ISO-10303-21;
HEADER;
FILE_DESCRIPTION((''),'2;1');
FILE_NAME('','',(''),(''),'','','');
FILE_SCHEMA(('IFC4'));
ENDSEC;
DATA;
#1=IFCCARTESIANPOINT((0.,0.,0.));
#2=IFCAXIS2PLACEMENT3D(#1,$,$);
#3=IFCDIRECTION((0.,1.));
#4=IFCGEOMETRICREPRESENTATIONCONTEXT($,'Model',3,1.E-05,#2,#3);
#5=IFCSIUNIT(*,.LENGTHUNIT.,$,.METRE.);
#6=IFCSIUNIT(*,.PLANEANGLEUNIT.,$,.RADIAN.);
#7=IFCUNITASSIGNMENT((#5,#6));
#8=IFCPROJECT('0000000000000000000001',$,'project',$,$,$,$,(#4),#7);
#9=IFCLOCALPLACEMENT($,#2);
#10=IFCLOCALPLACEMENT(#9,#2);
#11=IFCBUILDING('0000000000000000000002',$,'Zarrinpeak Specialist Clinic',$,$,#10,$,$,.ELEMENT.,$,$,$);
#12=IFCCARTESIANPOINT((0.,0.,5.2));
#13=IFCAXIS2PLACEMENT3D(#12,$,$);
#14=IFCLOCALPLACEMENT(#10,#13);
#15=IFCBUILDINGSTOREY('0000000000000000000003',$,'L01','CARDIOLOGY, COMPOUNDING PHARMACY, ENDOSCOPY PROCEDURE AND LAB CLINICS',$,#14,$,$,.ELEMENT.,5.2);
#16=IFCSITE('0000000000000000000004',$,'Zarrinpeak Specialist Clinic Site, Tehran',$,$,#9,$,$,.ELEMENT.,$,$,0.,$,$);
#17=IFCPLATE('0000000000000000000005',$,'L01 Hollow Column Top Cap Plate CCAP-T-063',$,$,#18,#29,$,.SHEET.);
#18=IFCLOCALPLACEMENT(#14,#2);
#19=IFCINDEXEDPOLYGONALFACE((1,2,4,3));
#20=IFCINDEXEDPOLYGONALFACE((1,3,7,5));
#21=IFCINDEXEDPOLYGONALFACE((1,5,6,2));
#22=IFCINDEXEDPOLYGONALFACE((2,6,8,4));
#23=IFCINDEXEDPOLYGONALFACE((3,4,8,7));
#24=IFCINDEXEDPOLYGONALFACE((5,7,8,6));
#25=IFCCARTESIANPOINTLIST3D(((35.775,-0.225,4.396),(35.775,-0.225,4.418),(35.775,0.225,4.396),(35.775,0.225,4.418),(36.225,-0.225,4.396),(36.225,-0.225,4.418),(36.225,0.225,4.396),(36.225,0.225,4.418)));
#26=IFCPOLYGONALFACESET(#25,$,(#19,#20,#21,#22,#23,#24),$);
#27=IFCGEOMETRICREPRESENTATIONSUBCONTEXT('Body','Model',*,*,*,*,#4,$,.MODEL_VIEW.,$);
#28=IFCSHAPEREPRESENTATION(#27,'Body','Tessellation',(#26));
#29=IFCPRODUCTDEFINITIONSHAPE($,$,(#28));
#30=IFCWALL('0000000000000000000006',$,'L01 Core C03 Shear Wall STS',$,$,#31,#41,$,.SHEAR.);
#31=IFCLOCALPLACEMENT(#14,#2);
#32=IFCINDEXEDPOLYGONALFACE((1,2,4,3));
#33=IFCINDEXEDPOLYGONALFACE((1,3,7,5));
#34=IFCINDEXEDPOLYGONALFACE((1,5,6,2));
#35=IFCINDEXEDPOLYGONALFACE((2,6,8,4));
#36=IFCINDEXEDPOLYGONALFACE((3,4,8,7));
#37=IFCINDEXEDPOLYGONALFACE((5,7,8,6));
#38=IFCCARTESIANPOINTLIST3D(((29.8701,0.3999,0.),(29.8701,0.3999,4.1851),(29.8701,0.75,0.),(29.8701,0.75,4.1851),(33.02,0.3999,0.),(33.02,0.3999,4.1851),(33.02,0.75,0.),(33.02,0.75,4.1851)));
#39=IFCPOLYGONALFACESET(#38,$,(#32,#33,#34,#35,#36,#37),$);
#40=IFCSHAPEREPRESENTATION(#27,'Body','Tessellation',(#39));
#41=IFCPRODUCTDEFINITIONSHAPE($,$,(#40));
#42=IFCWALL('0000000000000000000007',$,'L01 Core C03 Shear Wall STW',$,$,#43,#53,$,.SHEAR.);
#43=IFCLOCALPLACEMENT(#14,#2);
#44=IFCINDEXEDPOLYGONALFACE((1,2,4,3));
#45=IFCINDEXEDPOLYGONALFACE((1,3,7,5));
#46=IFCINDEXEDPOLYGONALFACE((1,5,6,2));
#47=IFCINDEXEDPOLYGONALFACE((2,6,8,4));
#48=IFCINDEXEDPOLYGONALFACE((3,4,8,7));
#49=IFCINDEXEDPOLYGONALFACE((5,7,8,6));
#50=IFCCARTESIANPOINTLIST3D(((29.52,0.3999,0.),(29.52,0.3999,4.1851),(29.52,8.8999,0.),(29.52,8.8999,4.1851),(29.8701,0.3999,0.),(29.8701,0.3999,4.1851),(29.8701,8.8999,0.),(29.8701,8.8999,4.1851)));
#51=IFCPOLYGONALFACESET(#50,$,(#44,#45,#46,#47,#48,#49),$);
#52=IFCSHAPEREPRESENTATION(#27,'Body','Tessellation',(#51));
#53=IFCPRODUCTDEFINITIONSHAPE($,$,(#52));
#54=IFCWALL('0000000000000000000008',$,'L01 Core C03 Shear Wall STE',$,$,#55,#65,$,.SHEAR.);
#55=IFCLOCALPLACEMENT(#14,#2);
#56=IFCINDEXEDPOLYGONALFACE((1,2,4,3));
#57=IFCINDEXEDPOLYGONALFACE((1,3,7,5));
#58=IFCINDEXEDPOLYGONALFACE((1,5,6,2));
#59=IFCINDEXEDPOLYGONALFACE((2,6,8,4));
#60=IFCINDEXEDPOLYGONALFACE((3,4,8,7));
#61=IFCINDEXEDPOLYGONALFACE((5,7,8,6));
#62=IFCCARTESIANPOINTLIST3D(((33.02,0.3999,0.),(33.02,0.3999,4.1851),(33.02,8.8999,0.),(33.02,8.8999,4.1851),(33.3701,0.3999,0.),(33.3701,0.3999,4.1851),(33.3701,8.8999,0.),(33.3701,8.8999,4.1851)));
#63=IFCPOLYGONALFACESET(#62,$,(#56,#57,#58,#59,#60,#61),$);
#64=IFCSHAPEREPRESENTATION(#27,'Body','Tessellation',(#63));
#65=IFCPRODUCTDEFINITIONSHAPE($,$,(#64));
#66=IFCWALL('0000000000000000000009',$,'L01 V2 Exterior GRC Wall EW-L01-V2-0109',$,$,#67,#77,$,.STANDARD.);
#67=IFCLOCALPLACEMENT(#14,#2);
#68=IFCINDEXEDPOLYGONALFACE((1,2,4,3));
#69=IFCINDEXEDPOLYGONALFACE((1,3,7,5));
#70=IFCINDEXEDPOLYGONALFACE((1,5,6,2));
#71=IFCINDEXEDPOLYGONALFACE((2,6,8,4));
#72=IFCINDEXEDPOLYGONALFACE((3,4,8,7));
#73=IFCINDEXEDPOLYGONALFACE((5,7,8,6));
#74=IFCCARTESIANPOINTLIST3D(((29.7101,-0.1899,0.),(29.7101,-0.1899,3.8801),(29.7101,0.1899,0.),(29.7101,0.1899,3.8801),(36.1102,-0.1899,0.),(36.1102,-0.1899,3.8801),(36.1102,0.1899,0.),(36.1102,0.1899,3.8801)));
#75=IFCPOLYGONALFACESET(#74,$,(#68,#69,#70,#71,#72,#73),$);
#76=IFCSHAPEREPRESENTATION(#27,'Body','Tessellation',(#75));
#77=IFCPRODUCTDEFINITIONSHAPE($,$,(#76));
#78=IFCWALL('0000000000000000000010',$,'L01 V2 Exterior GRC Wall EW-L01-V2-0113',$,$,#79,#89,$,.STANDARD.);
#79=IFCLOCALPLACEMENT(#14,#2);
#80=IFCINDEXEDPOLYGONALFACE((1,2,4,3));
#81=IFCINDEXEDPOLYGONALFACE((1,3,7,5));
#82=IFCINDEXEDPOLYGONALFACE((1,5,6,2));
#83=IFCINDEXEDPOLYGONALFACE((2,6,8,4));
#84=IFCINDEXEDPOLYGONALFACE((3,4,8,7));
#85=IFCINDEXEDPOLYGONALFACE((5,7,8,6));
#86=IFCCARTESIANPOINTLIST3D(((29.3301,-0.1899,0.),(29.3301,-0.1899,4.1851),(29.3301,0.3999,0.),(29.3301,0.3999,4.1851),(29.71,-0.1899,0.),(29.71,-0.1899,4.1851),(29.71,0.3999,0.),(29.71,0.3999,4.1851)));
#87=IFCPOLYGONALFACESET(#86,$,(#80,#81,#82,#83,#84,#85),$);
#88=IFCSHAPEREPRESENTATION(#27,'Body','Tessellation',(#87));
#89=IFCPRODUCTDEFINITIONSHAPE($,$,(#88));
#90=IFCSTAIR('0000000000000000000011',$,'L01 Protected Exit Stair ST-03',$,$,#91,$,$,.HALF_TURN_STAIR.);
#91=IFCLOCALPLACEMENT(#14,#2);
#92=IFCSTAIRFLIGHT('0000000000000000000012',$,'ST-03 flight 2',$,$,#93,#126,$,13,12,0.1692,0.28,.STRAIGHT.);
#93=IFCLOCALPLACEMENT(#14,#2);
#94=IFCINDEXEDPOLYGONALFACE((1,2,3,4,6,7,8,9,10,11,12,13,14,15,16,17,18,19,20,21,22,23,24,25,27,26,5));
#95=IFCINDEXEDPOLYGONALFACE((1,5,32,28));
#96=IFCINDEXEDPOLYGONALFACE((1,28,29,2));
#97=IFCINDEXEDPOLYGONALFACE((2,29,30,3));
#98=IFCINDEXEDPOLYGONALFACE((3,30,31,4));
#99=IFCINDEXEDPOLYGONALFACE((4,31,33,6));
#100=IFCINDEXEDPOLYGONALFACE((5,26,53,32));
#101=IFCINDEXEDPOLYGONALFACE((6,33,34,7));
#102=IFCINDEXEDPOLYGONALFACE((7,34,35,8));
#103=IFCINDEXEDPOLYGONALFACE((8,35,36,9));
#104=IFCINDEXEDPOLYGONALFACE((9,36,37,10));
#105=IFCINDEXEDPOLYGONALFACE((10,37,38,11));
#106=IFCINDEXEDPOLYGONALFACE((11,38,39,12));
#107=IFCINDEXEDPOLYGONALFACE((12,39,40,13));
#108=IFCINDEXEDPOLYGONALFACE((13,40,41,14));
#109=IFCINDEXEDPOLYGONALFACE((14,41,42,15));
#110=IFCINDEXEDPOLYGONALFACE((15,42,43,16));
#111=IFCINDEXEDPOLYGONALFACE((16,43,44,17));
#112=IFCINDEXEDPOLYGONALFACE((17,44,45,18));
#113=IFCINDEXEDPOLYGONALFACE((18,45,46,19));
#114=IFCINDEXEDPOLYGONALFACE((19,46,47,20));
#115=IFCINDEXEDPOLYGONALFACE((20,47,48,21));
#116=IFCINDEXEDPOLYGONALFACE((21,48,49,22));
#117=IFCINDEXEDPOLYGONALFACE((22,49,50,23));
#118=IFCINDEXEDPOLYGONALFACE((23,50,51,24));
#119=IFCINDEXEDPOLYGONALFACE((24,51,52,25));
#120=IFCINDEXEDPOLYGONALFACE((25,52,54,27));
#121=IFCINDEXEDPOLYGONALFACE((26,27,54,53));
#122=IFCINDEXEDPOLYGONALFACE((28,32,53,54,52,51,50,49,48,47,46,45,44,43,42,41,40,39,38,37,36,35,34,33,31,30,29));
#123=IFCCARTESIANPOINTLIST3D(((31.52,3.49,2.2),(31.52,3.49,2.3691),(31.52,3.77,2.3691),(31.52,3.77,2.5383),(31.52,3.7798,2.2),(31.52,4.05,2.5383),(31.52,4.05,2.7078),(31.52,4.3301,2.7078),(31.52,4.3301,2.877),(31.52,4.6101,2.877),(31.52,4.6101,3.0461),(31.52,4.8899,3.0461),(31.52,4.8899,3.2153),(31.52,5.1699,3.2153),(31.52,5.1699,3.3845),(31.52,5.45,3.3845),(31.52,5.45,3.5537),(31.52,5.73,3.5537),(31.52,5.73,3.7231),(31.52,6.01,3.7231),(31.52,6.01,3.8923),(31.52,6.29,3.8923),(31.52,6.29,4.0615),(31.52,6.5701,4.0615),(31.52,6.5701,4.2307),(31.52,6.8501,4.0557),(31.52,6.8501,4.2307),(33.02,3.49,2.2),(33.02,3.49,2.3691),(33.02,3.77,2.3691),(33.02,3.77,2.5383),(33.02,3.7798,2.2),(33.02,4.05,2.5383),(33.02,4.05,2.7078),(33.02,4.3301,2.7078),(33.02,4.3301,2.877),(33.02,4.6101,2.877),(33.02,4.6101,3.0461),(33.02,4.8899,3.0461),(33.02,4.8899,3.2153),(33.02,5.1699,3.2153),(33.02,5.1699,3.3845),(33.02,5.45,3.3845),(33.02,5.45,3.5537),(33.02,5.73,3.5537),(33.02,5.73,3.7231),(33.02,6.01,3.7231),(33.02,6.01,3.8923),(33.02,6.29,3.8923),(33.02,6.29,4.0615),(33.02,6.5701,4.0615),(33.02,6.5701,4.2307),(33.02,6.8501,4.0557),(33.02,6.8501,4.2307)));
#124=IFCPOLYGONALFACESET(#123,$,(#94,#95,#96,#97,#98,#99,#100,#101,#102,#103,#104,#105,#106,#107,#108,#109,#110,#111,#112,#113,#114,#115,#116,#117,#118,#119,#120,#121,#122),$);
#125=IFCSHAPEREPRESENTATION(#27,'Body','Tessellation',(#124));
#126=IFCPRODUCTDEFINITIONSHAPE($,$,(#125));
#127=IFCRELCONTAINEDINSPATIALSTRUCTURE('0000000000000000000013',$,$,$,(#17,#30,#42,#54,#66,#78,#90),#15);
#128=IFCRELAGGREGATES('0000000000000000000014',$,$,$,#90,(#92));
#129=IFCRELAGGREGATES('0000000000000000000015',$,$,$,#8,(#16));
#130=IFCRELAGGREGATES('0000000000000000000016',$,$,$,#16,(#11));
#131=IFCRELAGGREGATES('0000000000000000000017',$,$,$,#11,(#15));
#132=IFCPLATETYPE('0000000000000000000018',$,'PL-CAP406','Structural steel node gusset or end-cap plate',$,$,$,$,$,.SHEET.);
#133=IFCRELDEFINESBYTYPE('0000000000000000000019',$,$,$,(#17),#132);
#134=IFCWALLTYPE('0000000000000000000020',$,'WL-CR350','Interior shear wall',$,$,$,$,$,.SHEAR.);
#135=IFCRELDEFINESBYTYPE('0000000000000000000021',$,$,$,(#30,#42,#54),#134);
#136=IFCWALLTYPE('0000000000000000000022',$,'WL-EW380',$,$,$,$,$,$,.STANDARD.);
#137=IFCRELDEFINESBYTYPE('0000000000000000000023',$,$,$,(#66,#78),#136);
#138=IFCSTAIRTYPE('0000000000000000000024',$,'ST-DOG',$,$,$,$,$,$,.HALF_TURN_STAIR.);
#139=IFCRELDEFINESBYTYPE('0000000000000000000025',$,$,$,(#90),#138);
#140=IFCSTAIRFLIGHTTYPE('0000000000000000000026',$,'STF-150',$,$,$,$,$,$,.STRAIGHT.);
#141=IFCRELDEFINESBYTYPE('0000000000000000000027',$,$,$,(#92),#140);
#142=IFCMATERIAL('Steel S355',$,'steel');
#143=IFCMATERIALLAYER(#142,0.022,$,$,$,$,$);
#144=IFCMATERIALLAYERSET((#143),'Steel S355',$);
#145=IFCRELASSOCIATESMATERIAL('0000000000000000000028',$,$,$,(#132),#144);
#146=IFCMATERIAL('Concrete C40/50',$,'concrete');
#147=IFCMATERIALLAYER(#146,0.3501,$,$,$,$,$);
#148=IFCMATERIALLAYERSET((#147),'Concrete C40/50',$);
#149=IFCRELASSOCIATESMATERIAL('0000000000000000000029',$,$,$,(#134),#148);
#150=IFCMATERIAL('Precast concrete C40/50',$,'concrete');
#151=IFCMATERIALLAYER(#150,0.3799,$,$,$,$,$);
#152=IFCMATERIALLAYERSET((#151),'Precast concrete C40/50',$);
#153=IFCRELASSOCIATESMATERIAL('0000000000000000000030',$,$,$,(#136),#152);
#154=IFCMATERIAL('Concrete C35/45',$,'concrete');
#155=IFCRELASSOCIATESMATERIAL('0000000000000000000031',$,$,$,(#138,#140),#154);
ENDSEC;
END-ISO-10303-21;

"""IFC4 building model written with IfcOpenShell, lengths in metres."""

from ifc_helpers import new_model, si_unit, direction, frame, frame_2d, origin, origin_2d, place, context, subcontext, project, spatial, polyline, rectangle, outline, extrude, material, layer, layer_set, type_object, element, aggregate, save


model = new_model("IFC4")

# Units and contexts
model_context = context("Model", 3, precision=1e-05, world=origin(), true_north=direction((0.0, 1.0)))
body_context = subcontext(model_context, "Body", "Model", "MODEL_VIEW")
ifc_project = project(units=[si_unit("LENGTHUNIT", "METRE"), si_unit("PLANEANGLEUNIT", "RADIAN")], contexts=[model_context])

# Site, building, storey
site_placement = place(None, origin())
site = spatial("IfcSite", under=ifc_project, at=site_placement, Name="Zarrinpeak Specialist Clinic Site, Tehran", CompositionType="ELEMENT", RefElevation=0.0)
building_placement = place(site_placement, origin())
building = spatial("IfcBuilding", under=site, at=building_placement, Name="Zarrinpeak Specialist Clinic", CompositionType="ELEMENT")
storey_placement = place(building_placement, frame((0.0, 0.0, 5.2)))
storey = spatial("IfcBuildingStorey", under=building, at=storey_placement, Name="L01", Description="CARDIOLOGY, COMPOUNDING PHARMACY, ENDOSCOPY PROCEDURE AND LAB CLINICS", CompositionType="ELEMENT", Elevation=5.2)

# Shared definitions
ifc_material_1 = material(Name="Steel S355", Category="steel")

# Plate
ifc_layer_1 = layer(ifc_material_1, 0.022)
ifc_layer_set_1 = layer_set([ifc_layer_1], Name="Steel S355")
plate_type_1 = type_object("IfcPlateType", Name="PL-CAP406", Description="Structural steel node gusset or end-cap plate", PredefinedType="SHEET", material=ifc_layer_set_1)
plate_1_placement = place(storey_placement, frame((36.0, 0.0, 4.396), z_axis=(0.0, 0.0, 1.0), x_axis=(1.0, 0.0, 0.0)))
element("IfcPlate", 1, at=plate_1_placement, inside=storey, type_object=plate_type_1, Name="L01 Hollow Column Top Cap Plate CCAP-T-063", PredefinedType="SHEET", context=body_context, shape_type="SweptSolid", body=[
    extrude(rectangle(XDim=0.45, YDim=0.45, at=origin_2d()), origin(), (0.0, 0.0, 1.0), 0.022),
])

# Walls
ifc_material_2 = material(Name="Concrete C40/50", Category="concrete")
ifc_layer_2 = layer(ifc_material_2, 0.3501)
ifc_layer_set_2 = layer_set([ifc_layer_2], Name="Concrete C40/50")
wall_type_1 = type_object("IfcWallType", Name="WL-CR350", Description="Interior shear wall", PredefinedType="SHEAR", material=ifc_layer_set_2)
wall_1_placement = place(storey_placement, frame((29.8701, 0.575, 0.0), z_axis=(0.0, 0.0, 1.0), x_axis=(1.0, 0.0, 0.0)))
element("IfcWall", 2, at=wall_1_placement, inside=storey, type_object=wall_type_1, Name="L01 Core C03 Shear Wall STS", PredefinedType="SHEAR", context=body_context, shape_type="SweptSolid", body=[
    extrude(rectangle(XDim=3.1499, YDim=0.3501, at=frame_2d((1.575, 0.0))), origin(), (0.0, 0.0, 1.0), 4.1851),
])
for number, where, z_axis, x_axis, name in (
    (3, (29.6951, 0.3999, 0.0), (0.0, 0.0, 1.0), (0.0, 1.0, 0.0), "L01 Core C03 Shear Wall STW"),
    (4, (33.1951, 0.3999, 0.0), (0.0, 0.0, 1.0), (0.0, 1.0, 0.0), "L01 Core C03 Shear Wall STE"),
):
    element("IfcWall", number, at=place(storey_placement, frame(where, z_axis=z_axis, x_axis=x_axis)), inside=storey, type_object=wall_type_1, Name=name, PredefinedType="SHEAR", context=body_context, shape_type="SweptSolid", body=[
        extrude(rectangle(XDim=8.5, YDim=0.3501, at=frame_2d((4.25, 0.0))), origin(), (0.0, 0.0, 1.0), 4.1851),
    ])
ifc_material_3 = material(Name="Precast concrete C40/50", Category="concrete")
ifc_layer_3 = layer(ifc_material_3, 0.3799)
ifc_layer_set_3 = layer_set([ifc_layer_3], Name="Precast concrete C40/50")
wall_type_2 = type_object("IfcWallType", Name="WL-EW380", PredefinedType="STANDARD", material=ifc_layer_set_3)
wall_2_placement = place(storey_placement, frame((29.71, 0.0, 0.0), z_axis=(0.0, 0.0, 1.0), x_axis=(1.0, 0.0, 0.0)))
element("IfcWall", 5, at=wall_2_placement, inside=storey, type_object=wall_type_2, Name="L01 V2 Exterior GRC Wall EW-L01-V2-0109", PredefinedType="STANDARD", context=body_context, shape_type="SweptSolid", body=[
    extrude(rectangle(XDim=6.4001, YDim=0.3799, at=frame_2d((3.2002, 0.0))), origin(), (0.0, 0.0, 1.0), 3.8801),
])
wall_3_placement = place(storey_placement, frame((29.52, 0.3999, 0.0), z_axis=(0.0, 0.0, 1.0), x_axis=(0.0, -1.0, 0.0)))
element("IfcWall", 6, at=wall_3_placement, inside=storey, type_object=wall_type_2, Name="L01 V2 Exterior GRC Wall EW-L01-V2-0113", PredefinedType="STANDARD", context=body_context, shape_type="SweptSolid", body=[
    extrude(rectangle(XDim=0.5898, YDim=0.3799, at=frame_2d((0.2949, 0.0))), origin(), (0.0, 0.0, 1.0), 4.1851),
])

# Stair, stair flight
ifc_material_4 = material(Name="Concrete C35/45", Category="concrete")
stair_type = type_object("IfcStairType", Name="ST-DOG", PredefinedType="HALF_TURN_STAIR", material=ifc_material_4)
stair_placement = place(storey_placement, origin())
stair = element("IfcStair", 7, at=stair_placement, inside=storey, type_object=stair_type, Name="L01 Protected Exit Stair ST-03", PredefinedType="HALF_TURN_STAIR")
stair_flight_type = type_object("IfcStairFlightType", Name="STF-150", PredefinedType="STRAIGHT", material=ifc_material_4)
stair_flight_placement = place(storey_placement, frame((32.27, 3.49, 2.2), z_axis=(0.0, 0.0, 1.0), x_axis=(0.0, 1.0, 0.0)))
stair_flight = element("IfcStairFlight", 8, at=stair_flight_placement, type_object=stair_flight_type, Name="ST-03 flight 2", NumberOfRisers=13, NumberOfTreads=12, PredefinedType="STRAIGHT", RiserHeight=0.1692, TreadLength=0.28, context=body_context, shape_type="SweptSolid", body=[
    extrude(outline(polyline([(0.0, 0.0), (0.0, 0.1692), (0.28, 0.1692), (0.28, 0.3384), (0.5601, 0.3384), (0.5601, 0.5078), (0.8401, 0.5078), (0.8401, 0.677), (1.1201, 0.677), (1.1201, 0.8462), (1.3999, 0.8462), (1.3999, 1.0154), (1.6799, 1.0154), (1.6799, 1.1846), (1.96, 1.1846), (1.96, 1.3538), (2.24, 1.3538), (2.24, 1.5232), (2.52, 1.5232), (2.52, 1.6924), (2.8, 1.6924), (2.8, 1.8616), (3.0801, 1.8616), (3.0801, 2.0308), (3.3601, 2.0308), (3.3601, 2.2), (3.3601, 1.8557), (0.2898, 0.0), (0.0, 0.0)])), frame((0.0, 0.75, 0.0), z_axis=(0.0, -1.0, 0.0), x_axis=(1.0, 0.0, 0.0)), (0.0, 0.0, 1.0), 1.5),
])
aggregate(stair, [stair_flight])

save(model, "model.ifc")
